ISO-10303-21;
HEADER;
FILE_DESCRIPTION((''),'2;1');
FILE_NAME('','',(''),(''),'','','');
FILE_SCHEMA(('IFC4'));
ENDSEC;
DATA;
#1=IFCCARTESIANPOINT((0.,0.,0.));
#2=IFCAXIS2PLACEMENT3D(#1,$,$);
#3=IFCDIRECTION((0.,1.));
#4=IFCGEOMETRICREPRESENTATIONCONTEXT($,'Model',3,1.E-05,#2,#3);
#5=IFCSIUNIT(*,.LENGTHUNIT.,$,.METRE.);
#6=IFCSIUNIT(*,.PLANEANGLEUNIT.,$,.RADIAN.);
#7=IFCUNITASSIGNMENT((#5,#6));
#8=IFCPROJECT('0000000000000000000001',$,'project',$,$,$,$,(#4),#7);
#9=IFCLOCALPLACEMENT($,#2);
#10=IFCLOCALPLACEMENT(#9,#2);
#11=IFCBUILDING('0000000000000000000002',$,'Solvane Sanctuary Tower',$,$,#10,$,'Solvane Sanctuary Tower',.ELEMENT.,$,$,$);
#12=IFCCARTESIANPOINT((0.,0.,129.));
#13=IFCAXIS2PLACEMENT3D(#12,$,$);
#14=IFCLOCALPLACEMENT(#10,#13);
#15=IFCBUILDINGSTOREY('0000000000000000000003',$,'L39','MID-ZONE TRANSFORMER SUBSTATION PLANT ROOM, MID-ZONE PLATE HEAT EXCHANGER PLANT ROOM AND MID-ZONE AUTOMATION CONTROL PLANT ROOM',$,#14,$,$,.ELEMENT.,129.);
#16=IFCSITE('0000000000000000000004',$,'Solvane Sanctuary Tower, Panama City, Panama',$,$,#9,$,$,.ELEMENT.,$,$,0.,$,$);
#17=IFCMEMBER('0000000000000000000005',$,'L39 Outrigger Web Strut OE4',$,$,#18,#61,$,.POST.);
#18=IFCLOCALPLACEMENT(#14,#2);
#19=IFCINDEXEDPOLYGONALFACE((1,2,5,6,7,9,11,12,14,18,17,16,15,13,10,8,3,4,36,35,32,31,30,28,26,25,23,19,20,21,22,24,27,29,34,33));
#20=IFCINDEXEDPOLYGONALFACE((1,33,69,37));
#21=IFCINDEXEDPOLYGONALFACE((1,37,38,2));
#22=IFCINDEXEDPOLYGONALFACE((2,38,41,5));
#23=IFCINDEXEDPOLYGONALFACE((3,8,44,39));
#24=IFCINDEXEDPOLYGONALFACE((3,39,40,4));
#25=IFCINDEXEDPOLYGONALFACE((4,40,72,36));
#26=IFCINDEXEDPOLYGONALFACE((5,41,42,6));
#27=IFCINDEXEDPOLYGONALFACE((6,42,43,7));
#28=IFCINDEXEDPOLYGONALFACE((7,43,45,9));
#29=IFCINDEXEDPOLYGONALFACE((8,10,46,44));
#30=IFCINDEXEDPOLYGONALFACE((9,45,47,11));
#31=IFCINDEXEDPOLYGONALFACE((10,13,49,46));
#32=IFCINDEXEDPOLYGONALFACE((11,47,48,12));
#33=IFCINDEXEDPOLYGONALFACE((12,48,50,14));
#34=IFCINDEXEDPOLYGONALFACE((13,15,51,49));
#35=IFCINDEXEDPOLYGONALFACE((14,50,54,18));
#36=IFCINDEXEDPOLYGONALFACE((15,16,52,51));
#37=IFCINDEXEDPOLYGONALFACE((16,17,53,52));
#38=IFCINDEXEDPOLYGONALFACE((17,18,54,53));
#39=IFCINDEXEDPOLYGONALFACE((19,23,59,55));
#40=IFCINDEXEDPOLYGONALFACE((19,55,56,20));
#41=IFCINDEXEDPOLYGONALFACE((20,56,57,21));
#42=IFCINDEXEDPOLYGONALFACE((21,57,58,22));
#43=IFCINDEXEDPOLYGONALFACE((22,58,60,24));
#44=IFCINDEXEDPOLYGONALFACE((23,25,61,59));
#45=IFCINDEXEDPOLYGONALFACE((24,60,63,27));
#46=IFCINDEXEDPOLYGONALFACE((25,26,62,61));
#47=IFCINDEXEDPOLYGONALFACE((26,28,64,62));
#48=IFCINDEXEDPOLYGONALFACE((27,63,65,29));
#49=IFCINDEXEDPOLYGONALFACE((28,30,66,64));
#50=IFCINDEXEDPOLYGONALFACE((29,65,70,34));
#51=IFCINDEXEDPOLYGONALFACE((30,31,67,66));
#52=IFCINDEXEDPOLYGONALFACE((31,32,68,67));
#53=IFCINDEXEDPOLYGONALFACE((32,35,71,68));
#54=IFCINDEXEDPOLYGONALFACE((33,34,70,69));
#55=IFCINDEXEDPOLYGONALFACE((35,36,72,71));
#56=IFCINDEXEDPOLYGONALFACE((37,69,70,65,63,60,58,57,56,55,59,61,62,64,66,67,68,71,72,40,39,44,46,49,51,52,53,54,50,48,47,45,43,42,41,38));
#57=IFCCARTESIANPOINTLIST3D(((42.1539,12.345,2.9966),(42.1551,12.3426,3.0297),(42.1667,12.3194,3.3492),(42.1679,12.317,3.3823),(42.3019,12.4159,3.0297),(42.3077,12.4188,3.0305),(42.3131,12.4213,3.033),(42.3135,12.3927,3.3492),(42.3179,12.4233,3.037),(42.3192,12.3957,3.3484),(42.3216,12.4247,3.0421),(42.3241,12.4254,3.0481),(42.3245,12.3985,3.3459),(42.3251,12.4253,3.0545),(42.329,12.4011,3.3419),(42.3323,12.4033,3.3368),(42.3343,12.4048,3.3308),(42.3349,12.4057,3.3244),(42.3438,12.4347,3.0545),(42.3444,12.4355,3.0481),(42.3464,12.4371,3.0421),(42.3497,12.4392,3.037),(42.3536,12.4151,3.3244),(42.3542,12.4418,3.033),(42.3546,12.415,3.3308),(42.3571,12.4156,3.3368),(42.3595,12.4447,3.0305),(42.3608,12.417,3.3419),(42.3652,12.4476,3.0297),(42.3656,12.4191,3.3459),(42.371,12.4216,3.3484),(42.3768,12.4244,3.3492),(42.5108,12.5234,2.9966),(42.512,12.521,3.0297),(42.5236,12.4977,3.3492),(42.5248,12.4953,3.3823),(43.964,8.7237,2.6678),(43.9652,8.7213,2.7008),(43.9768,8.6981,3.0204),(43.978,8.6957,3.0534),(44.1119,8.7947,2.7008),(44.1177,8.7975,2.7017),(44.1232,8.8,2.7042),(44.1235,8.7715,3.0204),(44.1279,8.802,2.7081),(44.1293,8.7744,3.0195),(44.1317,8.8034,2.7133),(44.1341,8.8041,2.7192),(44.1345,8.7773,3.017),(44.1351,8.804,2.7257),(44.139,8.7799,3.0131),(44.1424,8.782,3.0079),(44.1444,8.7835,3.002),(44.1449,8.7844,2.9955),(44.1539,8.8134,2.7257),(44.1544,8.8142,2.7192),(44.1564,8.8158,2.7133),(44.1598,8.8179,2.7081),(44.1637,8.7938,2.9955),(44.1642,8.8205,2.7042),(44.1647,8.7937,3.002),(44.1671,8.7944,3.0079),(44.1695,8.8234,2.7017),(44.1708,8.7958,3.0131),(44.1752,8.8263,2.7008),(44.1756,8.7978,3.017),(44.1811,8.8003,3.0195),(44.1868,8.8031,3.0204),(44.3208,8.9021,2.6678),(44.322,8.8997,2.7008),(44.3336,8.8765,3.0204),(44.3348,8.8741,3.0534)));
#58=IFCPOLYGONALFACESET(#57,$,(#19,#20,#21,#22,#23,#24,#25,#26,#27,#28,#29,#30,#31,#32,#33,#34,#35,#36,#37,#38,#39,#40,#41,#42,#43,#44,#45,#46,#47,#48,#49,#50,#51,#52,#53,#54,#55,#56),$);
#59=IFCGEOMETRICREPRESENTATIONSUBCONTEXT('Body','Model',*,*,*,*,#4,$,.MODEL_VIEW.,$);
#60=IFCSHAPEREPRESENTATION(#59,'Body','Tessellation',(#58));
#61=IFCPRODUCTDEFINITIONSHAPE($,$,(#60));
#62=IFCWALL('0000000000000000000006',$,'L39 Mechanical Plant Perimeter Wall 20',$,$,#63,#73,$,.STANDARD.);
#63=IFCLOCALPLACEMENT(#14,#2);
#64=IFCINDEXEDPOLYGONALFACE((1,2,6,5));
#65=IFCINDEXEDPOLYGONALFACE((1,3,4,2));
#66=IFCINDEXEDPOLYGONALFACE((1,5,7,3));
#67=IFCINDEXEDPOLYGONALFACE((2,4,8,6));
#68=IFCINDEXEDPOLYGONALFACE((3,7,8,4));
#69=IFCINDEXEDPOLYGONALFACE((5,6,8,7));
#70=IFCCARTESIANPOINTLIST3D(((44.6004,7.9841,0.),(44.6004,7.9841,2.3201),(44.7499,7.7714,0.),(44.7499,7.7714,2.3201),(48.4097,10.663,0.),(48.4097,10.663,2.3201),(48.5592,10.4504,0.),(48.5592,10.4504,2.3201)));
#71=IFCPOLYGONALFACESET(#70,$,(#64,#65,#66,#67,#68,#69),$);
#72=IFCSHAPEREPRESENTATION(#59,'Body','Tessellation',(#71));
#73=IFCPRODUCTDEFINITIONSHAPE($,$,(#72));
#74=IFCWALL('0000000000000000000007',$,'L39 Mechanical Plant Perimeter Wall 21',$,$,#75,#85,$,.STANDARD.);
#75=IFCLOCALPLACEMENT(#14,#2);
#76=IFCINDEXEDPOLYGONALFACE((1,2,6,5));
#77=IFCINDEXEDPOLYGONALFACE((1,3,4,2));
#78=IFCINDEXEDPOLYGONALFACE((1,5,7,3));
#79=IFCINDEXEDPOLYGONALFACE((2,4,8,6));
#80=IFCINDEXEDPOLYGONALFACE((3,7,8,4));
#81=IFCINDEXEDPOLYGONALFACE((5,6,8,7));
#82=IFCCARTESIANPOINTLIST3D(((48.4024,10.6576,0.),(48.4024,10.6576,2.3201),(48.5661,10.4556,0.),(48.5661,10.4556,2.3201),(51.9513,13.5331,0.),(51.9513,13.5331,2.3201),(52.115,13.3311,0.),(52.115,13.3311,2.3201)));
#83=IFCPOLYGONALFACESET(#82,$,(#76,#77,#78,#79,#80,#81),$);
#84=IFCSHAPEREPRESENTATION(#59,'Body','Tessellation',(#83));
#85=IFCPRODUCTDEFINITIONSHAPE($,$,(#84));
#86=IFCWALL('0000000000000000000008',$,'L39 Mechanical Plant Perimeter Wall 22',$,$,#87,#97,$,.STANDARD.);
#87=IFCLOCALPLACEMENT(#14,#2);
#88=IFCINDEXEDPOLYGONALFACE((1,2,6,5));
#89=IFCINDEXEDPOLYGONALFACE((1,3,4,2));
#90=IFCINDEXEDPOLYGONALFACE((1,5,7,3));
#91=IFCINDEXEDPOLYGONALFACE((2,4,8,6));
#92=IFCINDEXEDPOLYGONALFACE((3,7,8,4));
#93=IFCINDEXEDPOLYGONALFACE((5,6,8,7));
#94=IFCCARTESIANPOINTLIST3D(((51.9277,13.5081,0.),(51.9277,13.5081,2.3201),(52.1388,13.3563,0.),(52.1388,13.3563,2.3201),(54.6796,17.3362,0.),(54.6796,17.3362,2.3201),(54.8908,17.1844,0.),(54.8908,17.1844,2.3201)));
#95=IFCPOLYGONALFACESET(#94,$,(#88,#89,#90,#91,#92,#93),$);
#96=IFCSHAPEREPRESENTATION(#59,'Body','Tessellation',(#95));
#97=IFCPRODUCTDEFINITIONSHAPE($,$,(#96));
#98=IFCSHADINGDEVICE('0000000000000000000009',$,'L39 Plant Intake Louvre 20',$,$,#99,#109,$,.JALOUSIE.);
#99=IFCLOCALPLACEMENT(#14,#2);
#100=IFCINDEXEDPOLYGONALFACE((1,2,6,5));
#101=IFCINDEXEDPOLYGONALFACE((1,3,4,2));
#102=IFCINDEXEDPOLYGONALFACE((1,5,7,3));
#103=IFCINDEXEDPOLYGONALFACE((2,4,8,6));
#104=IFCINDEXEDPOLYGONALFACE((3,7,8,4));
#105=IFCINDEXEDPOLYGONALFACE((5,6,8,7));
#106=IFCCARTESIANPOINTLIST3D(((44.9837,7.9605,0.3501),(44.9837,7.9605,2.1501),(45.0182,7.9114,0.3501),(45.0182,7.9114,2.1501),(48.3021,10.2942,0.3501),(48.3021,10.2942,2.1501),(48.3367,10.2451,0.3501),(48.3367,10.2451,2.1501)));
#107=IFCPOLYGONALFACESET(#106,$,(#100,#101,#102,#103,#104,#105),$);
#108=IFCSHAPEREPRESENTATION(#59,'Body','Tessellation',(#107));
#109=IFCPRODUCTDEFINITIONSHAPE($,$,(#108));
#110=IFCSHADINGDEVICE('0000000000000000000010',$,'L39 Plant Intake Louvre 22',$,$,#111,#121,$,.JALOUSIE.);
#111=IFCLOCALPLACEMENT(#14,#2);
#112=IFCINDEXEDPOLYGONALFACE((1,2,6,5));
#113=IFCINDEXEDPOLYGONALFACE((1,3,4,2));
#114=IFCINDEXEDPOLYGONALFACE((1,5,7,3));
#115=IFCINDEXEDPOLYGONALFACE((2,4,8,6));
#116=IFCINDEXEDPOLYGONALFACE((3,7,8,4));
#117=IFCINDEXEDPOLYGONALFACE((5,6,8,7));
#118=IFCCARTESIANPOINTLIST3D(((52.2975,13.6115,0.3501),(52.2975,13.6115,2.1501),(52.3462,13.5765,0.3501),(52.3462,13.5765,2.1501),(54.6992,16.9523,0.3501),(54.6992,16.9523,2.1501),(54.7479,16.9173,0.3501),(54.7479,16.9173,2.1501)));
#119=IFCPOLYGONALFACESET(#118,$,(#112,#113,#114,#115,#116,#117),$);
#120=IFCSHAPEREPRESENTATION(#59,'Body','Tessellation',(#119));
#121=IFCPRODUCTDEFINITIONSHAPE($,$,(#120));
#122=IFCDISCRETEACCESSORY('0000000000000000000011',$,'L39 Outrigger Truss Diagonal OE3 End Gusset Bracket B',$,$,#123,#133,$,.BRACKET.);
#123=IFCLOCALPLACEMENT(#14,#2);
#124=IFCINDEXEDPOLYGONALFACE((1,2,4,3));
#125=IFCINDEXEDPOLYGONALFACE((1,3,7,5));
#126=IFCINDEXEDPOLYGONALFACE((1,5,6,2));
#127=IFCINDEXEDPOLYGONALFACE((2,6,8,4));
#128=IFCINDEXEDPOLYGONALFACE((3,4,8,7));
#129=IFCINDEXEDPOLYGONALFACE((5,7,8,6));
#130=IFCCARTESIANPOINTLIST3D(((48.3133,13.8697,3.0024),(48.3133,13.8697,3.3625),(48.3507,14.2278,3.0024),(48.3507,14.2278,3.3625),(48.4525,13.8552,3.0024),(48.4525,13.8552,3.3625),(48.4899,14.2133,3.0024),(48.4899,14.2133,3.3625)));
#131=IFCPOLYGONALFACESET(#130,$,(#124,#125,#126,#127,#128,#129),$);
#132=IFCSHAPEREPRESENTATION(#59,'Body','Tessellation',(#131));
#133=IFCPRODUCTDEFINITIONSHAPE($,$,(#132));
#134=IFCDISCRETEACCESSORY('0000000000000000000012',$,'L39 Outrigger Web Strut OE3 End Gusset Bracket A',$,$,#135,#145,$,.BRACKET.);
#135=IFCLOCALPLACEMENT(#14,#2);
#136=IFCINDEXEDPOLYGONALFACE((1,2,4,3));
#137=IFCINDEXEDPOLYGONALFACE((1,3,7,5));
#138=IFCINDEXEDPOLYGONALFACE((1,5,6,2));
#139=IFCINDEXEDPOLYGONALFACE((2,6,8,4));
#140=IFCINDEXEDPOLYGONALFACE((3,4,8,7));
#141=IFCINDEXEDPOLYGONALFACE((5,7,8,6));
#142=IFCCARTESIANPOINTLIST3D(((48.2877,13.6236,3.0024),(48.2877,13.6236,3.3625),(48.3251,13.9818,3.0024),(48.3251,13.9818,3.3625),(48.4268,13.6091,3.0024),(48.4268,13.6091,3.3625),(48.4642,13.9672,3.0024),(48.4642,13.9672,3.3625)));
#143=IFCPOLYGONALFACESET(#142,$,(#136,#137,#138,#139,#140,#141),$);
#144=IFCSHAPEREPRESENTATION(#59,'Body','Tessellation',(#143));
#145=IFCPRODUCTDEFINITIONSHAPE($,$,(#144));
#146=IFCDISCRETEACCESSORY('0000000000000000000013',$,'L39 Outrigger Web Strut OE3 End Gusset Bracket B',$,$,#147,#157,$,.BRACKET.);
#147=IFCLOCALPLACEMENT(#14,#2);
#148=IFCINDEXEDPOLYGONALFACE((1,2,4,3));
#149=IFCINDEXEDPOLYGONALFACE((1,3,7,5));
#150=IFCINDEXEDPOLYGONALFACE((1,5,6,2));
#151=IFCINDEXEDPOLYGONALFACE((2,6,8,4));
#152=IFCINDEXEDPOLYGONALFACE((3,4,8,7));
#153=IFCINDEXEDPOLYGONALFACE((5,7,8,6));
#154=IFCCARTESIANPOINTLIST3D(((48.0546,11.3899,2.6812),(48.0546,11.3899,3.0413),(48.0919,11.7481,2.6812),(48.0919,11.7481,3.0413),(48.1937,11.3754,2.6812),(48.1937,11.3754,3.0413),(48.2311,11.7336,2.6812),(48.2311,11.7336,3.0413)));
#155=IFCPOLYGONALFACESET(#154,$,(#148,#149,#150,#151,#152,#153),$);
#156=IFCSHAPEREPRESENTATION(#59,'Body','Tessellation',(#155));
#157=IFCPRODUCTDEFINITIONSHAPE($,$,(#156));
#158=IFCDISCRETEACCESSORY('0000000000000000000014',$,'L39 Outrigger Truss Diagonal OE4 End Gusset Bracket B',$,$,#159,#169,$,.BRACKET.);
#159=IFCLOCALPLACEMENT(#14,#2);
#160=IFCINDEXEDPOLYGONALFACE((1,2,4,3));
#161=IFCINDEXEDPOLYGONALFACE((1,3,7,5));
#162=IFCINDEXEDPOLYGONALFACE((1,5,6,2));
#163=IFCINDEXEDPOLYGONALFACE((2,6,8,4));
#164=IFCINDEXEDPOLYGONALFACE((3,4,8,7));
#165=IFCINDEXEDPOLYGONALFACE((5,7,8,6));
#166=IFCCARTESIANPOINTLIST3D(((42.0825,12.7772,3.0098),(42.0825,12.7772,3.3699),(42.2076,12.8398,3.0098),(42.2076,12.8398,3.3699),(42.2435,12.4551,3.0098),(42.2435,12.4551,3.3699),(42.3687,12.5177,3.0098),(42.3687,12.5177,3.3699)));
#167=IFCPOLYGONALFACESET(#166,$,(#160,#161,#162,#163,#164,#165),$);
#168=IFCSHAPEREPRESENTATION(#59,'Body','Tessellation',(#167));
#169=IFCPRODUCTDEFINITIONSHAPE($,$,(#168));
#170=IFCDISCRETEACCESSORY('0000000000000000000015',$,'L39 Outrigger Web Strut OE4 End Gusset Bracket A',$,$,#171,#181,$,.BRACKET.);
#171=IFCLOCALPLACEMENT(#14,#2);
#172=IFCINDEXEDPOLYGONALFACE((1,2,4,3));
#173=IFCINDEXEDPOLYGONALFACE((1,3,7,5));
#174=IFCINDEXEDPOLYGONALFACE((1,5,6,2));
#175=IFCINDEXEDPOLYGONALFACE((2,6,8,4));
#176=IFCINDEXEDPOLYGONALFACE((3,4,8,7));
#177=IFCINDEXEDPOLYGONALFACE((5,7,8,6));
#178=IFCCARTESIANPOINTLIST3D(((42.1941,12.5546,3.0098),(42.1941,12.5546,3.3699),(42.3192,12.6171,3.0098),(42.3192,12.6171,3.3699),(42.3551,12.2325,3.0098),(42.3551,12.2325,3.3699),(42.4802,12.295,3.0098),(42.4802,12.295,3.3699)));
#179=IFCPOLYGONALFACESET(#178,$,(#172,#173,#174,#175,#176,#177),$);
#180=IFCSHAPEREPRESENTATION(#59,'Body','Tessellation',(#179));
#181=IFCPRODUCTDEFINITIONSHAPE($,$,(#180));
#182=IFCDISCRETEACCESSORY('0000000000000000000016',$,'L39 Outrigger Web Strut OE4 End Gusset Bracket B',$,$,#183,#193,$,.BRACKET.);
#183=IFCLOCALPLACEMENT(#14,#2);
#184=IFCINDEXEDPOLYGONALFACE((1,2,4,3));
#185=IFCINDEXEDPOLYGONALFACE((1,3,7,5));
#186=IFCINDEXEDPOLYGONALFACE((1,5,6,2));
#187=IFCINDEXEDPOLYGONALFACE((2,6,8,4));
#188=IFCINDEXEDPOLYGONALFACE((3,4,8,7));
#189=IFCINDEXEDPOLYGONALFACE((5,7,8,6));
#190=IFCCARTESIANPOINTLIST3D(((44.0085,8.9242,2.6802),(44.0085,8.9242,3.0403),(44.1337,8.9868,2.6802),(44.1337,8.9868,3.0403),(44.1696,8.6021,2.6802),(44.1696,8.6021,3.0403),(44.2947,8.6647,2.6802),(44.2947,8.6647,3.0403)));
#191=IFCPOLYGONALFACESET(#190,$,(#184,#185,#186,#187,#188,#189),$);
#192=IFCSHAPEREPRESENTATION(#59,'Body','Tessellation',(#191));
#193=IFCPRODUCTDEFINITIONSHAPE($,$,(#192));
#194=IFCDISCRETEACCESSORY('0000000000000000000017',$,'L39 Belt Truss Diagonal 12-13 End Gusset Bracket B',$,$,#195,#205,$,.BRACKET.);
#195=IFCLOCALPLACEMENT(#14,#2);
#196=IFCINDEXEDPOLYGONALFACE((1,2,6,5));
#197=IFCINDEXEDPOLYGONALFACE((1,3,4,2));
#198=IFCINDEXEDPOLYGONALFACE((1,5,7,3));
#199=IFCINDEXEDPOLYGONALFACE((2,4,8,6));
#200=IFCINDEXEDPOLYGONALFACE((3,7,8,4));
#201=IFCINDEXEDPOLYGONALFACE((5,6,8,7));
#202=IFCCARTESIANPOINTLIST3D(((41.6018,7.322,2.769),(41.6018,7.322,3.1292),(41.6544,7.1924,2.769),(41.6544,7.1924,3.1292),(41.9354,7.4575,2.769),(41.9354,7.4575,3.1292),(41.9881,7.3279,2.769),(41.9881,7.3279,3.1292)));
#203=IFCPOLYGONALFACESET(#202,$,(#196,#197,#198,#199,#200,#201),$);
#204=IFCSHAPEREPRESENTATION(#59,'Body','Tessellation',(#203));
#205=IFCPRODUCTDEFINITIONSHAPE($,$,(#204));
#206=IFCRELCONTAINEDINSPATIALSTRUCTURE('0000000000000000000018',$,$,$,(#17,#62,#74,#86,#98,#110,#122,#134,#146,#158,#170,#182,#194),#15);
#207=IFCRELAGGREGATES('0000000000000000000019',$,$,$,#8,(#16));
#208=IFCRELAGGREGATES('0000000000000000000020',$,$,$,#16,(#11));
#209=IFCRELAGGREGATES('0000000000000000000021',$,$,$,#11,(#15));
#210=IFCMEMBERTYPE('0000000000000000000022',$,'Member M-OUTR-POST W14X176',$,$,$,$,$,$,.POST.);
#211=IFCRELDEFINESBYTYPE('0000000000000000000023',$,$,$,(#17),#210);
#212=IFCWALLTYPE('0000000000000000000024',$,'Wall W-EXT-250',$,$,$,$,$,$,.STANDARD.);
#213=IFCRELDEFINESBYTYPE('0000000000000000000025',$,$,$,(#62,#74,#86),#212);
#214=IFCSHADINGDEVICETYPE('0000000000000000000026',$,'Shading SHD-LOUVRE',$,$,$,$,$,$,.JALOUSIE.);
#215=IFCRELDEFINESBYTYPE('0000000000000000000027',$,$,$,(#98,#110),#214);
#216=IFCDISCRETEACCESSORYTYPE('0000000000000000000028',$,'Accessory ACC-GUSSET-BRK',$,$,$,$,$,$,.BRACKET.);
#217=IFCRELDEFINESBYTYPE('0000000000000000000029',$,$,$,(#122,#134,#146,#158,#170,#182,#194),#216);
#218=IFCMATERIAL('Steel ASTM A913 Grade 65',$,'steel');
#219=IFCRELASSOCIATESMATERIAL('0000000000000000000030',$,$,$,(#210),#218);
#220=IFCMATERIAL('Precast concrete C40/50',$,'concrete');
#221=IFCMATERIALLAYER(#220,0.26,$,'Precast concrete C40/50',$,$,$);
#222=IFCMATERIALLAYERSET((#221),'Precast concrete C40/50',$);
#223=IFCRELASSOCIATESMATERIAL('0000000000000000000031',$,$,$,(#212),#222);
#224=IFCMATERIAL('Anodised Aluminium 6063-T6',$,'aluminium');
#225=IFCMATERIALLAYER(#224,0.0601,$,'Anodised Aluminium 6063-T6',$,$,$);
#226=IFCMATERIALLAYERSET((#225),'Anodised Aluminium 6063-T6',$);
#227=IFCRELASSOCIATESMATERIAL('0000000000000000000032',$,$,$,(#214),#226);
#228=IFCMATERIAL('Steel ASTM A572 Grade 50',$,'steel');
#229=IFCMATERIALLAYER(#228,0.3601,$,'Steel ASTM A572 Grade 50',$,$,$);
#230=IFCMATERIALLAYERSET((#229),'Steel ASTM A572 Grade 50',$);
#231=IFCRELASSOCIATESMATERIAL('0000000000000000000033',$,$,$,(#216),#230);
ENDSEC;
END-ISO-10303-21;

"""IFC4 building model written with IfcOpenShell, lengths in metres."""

from ifc_helpers import new_model, si_unit, direction, frame, frame_2d, origin, origin_2d, place, context, subcontext, project, spatial, rectangle, i_section, extrude, material, layer, layer_set, material_profile, profile_set, type_object, element, save


model = new_model("IFC4")

# Units and contexts
model_context = context("Model", 3, precision=1e-05, world=origin(), true_north=direction((0.0, 1.0)))
body_context = subcontext(model_context, "Body", "Model", "MODEL_VIEW")
ifc_project = project(units=[si_unit("LENGTHUNIT", "METRE"), si_unit("PLANEANGLEUNIT", "RADIAN")], contexts=[model_context])

# Site, building, storey
site_placement = place(None, origin())
site = spatial("IfcSite", under=ifc_project, at=site_placement, Name="Solvane Sanctuary Tower, Panama City, Panama", CompositionType="ELEMENT", RefElevation=0.0)
building_placement = place(site_placement, origin())
building = spatial("IfcBuilding", under=site, at=building_placement, Name="Solvane Sanctuary Tower", LongName="Solvane Sanctuary Tower", CompositionType="ELEMENT")
storey_placement = place(building_placement, frame((0.0, 0.0, 129.0)))
storey = spatial("IfcBuildingStorey", under=building, at=storey_placement, Name="L39", Description="MID-ZONE TRANSFORMER SUBSTATION PLANT ROOM, MID-ZONE PLATE HEAT EXCHANGER PLANT ROOM AND MID-ZONE AUTOMATION CONTROL PLANT ROOM", CompositionType="ELEMENT", Elevation=129.0)

# Member
ifc_material_1 = material(Name="Steel ASTM A913 Grade 65", Category="steel")
ifc_material_profile_1 = material_profile(ifc_material_1, i_section(OverallWidth=0.3989, OverallDepth=0.387, WebThickness=0.021, FlangeThickness=0.0332, FilletRadius=0.0249, at=origin_2d()), Name="W14X176")
ifc_profile_set_1 = profile_set([ifc_material_profile_1], Name="Steel ASTM A913 Grade 65")
member_type_1 = type_object("IfcMemberType", Name="Member M-OUTR-POST W14X176", PredefinedType="POST", material=ifc_profile_set_1)
member_1_placement = place(storey_placement, frame((42.3394, 12.4202, 3.1895), z_axis=(0.445625, -0.891551, -0.080963), x_axis=(0.894487, 0.447093, 0.0)))
element("IfcMember", 1, at=member_1_placement, inside=storey, type_object=member_type_1, Name="L39 Outrigger Web Strut OE4", PredefinedType="POST", context=body_context, shape_type="SweptSolid", body=[
    extrude(i_section(OverallWidth=0.3989, OverallDepth=0.387, WebThickness=0.021, FlangeThickness=0.0332, FilletRadius=0.0249, at=origin_2d()), origin(), (0.0, 0.0, 1.0), 4.0618),
])

# Walls
ifc_material_2 = material(Name="Precast concrete C40/50", Category="concrete")
ifc_layer_1 = layer(ifc_material_2, 0.26, Name="Precast concrete C40/50")
ifc_layer_set_1 = layer_set([ifc_layer_1], Name="Precast concrete C40/50")
wall_type = type_object("IfcWallType", Name="Wall W-EXT-250", PredefinedType="STANDARD", material=ifc_layer_set_1)
wall_1_placement = place(storey_placement, frame((44.675, 7.8777, 0.0), z_axis=(0.0, 0.0, 1.0), x_axis=(0.817976, 0.575252, 0.0)))
element("IfcWall", 2, at=wall_1_placement, inside=storey, type_object=wall_type, Name="L39 Mechanical Plant Perimeter Wall 20", PredefinedType="STANDARD", context=body_context, shape_type="SweptSolid", body=[
    extrude(rectangle(XDim=4.657, YDim=0.26, at=frame_2d((2.3286, 0.0))), origin(), (0.0, 0.0, 1.0), 2.3201),
])
wall_2_placement = place(storey_placement, frame((48.4844, 10.5566, 0.0), z_axis=(0.0, 0.0, 1.0), x_axis=(0.776963, 0.629546, 0.0)))
element("IfcWall", 3, at=wall_2_placement, inside=storey, type_object=wall_type, Name="L39 Mechanical Plant Perimeter Wall 21", PredefinedType="STANDARD", context=body_context, shape_type="SweptSolid", body=[
    extrude(rectangle(XDim=4.5676, YDim=0.26, at=frame_2d((2.2837, 0.0))), origin(), (0.0, 0.0, 1.0), 2.3201),
])
wall_3_placement = place(storey_placement, frame((52.0332, 13.4321, 0.0), z_axis=(0.0, 0.0, 1.0), x_axis=(0.583704, 0.811966, 0.0)))
element("IfcWall", 4, at=wall_3_placement, inside=storey, type_object=wall_type, Name="L39 Mechanical Plant Perimeter Wall 22", PredefinedType="STANDARD", context=body_context, shape_type="SweptSolid", body=[
    extrude(rectangle(XDim=4.7146, YDim=0.26, at=frame_2d((2.3574, 0.0))), origin(), (0.0, 0.0, 1.0), 2.3201),
])

# Shading devices
ifc_material_3 = material(Name="Anodised Aluminium 6063-T6", Category="aluminium")
ifc_layer_2 = layer(ifc_material_3, 0.0601, Name="Anodised Aluminium 6063-T6")
ifc_layer_set_2 = layer_set([ifc_layer_2], Name="Anodised Aluminium 6063-T6")
shading_device_type = type_object("IfcShadingDeviceType", Name="Shading SHD-LOUVRE", PredefinedType="JALOUSIE", material=ifc_layer_set_2)
shading_device_1_placement = place(storey_placement, frame((46.6602, 9.1028, 0.3501), z_axis=(0.0, 0.0, 1.0), x_axis=(0.81798, 0.575247, 0.0)))
element("IfcShadingDevice", 5, at=shading_device_1_placement, inside=storey, type_object=shading_device_type, Name="L39 Plant Intake Louvre 20", PredefinedType="JALOUSIE", context=body_context, shape_type="SweptSolid", body=[
    extrude(rectangle(XDim=4.0569, YDim=0.0601, at=origin_2d()), origin(), (0.0, 0.0, 1.0), 1.8),
])
shading_device_2_placement = place(storey_placement, frame((53.5227, 15.2644, 0.3501), z_axis=(0.0, 0.0, 1.0), x_axis=(0.583713, 0.81196, 0.0)))
element("IfcShadingDevice", 6, at=shading_device_2_placement, inside=storey, type_object=shading_device_type, Name="L39 Plant Intake Louvre 22", PredefinedType="JALOUSIE", context=body_context, shape_type="SweptSolid", body=[
    extrude(rectangle(XDim=4.1145, YDim=0.0601, at=origin_2d()), origin(), (0.0, 0.0, 1.0), 1.8),
])

# Discrete accessories
ifc_material_4 = material(Name="Steel ASTM A572 Grade 50", Category="steel")
ifc_layer_3 = layer(ifc_material_4, 0.3601, Name="Steel ASTM A572 Grade 50")
ifc_layer_set_3 = layer_set([ifc_layer_3], Name="Steel ASTM A572 Grade 50")
discrete_accessory_type = type_object("IfcDiscreteAccessoryType", Name="Accessory ACC-GUSSET-BRK", PredefinedType="BRACKET", material=ifc_layer_set_3)
for number, where, z_axis, x_axis, name in (
    (7, (48.4016, 14.0415, 3.0024), (0.0, 0.0, 1.0), (-0.103834, -0.994595, 0.0), "L39 Outrigger Truss Diagonal OE3 End Gusset Bracket B"),
    (8, (48.376, 13.7954, 3.0024), (0.0, 0.0, 1.0), (-0.103834, -0.994595, 0.0), "L39 Outrigger Web Strut OE3 End Gusset Bracket A"),
    (9, (48.1428, 11.5618, 2.6812), (0.0, 0.0, 1.0), (-0.103834, -0.994595, 0.0), "L39 Outrigger Web Strut OE3 End Gusset Bracket B"),
    (10, (42.2256, 12.6475, 3.0098), (0.0, 0.0, 1.0), (0.447135, -0.894467, 0.0), "L39 Outrigger Truss Diagonal OE4 End Gusset Bracket B"),
    (11, (42.3372, 12.4248, 3.0098), (0.0, 0.0, 1.0), (0.447135, -0.894467, 0.0), "L39 Outrigger Web Strut OE4 End Gusset Bracket A"),
    (12, (44.1516, 8.7944, 2.6802), (0.0, 0.0, 1.0), (0.447135, -0.894467, 0.0), "L39 Outrigger Web Strut OE4 End Gusset Bracket B"),
    (13, (41.7949, 7.325, 2.769), (0.0, 0.0, 1.0), (0.926463, 0.376386, 0.0), "L39 Belt Truss Diagonal 12-13 End Gusset Bracket B"),
):
    element("IfcDiscreteAccessory", number, at=place(storey_placement, frame(where, z_axis=z_axis, x_axis=x_axis)), inside=storey, type_object=discrete_accessory_type, Name=name, PredefinedType="BRACKET", context=body_context, shape_type="SweptSolid", body=[
        extrude(rectangle(XDim=0.3601, YDim=0.1399, at=origin_2d()), origin(), (0.0, 0.0, 1.0), 0.3601),
    ])

save(model, "model.ifc")
